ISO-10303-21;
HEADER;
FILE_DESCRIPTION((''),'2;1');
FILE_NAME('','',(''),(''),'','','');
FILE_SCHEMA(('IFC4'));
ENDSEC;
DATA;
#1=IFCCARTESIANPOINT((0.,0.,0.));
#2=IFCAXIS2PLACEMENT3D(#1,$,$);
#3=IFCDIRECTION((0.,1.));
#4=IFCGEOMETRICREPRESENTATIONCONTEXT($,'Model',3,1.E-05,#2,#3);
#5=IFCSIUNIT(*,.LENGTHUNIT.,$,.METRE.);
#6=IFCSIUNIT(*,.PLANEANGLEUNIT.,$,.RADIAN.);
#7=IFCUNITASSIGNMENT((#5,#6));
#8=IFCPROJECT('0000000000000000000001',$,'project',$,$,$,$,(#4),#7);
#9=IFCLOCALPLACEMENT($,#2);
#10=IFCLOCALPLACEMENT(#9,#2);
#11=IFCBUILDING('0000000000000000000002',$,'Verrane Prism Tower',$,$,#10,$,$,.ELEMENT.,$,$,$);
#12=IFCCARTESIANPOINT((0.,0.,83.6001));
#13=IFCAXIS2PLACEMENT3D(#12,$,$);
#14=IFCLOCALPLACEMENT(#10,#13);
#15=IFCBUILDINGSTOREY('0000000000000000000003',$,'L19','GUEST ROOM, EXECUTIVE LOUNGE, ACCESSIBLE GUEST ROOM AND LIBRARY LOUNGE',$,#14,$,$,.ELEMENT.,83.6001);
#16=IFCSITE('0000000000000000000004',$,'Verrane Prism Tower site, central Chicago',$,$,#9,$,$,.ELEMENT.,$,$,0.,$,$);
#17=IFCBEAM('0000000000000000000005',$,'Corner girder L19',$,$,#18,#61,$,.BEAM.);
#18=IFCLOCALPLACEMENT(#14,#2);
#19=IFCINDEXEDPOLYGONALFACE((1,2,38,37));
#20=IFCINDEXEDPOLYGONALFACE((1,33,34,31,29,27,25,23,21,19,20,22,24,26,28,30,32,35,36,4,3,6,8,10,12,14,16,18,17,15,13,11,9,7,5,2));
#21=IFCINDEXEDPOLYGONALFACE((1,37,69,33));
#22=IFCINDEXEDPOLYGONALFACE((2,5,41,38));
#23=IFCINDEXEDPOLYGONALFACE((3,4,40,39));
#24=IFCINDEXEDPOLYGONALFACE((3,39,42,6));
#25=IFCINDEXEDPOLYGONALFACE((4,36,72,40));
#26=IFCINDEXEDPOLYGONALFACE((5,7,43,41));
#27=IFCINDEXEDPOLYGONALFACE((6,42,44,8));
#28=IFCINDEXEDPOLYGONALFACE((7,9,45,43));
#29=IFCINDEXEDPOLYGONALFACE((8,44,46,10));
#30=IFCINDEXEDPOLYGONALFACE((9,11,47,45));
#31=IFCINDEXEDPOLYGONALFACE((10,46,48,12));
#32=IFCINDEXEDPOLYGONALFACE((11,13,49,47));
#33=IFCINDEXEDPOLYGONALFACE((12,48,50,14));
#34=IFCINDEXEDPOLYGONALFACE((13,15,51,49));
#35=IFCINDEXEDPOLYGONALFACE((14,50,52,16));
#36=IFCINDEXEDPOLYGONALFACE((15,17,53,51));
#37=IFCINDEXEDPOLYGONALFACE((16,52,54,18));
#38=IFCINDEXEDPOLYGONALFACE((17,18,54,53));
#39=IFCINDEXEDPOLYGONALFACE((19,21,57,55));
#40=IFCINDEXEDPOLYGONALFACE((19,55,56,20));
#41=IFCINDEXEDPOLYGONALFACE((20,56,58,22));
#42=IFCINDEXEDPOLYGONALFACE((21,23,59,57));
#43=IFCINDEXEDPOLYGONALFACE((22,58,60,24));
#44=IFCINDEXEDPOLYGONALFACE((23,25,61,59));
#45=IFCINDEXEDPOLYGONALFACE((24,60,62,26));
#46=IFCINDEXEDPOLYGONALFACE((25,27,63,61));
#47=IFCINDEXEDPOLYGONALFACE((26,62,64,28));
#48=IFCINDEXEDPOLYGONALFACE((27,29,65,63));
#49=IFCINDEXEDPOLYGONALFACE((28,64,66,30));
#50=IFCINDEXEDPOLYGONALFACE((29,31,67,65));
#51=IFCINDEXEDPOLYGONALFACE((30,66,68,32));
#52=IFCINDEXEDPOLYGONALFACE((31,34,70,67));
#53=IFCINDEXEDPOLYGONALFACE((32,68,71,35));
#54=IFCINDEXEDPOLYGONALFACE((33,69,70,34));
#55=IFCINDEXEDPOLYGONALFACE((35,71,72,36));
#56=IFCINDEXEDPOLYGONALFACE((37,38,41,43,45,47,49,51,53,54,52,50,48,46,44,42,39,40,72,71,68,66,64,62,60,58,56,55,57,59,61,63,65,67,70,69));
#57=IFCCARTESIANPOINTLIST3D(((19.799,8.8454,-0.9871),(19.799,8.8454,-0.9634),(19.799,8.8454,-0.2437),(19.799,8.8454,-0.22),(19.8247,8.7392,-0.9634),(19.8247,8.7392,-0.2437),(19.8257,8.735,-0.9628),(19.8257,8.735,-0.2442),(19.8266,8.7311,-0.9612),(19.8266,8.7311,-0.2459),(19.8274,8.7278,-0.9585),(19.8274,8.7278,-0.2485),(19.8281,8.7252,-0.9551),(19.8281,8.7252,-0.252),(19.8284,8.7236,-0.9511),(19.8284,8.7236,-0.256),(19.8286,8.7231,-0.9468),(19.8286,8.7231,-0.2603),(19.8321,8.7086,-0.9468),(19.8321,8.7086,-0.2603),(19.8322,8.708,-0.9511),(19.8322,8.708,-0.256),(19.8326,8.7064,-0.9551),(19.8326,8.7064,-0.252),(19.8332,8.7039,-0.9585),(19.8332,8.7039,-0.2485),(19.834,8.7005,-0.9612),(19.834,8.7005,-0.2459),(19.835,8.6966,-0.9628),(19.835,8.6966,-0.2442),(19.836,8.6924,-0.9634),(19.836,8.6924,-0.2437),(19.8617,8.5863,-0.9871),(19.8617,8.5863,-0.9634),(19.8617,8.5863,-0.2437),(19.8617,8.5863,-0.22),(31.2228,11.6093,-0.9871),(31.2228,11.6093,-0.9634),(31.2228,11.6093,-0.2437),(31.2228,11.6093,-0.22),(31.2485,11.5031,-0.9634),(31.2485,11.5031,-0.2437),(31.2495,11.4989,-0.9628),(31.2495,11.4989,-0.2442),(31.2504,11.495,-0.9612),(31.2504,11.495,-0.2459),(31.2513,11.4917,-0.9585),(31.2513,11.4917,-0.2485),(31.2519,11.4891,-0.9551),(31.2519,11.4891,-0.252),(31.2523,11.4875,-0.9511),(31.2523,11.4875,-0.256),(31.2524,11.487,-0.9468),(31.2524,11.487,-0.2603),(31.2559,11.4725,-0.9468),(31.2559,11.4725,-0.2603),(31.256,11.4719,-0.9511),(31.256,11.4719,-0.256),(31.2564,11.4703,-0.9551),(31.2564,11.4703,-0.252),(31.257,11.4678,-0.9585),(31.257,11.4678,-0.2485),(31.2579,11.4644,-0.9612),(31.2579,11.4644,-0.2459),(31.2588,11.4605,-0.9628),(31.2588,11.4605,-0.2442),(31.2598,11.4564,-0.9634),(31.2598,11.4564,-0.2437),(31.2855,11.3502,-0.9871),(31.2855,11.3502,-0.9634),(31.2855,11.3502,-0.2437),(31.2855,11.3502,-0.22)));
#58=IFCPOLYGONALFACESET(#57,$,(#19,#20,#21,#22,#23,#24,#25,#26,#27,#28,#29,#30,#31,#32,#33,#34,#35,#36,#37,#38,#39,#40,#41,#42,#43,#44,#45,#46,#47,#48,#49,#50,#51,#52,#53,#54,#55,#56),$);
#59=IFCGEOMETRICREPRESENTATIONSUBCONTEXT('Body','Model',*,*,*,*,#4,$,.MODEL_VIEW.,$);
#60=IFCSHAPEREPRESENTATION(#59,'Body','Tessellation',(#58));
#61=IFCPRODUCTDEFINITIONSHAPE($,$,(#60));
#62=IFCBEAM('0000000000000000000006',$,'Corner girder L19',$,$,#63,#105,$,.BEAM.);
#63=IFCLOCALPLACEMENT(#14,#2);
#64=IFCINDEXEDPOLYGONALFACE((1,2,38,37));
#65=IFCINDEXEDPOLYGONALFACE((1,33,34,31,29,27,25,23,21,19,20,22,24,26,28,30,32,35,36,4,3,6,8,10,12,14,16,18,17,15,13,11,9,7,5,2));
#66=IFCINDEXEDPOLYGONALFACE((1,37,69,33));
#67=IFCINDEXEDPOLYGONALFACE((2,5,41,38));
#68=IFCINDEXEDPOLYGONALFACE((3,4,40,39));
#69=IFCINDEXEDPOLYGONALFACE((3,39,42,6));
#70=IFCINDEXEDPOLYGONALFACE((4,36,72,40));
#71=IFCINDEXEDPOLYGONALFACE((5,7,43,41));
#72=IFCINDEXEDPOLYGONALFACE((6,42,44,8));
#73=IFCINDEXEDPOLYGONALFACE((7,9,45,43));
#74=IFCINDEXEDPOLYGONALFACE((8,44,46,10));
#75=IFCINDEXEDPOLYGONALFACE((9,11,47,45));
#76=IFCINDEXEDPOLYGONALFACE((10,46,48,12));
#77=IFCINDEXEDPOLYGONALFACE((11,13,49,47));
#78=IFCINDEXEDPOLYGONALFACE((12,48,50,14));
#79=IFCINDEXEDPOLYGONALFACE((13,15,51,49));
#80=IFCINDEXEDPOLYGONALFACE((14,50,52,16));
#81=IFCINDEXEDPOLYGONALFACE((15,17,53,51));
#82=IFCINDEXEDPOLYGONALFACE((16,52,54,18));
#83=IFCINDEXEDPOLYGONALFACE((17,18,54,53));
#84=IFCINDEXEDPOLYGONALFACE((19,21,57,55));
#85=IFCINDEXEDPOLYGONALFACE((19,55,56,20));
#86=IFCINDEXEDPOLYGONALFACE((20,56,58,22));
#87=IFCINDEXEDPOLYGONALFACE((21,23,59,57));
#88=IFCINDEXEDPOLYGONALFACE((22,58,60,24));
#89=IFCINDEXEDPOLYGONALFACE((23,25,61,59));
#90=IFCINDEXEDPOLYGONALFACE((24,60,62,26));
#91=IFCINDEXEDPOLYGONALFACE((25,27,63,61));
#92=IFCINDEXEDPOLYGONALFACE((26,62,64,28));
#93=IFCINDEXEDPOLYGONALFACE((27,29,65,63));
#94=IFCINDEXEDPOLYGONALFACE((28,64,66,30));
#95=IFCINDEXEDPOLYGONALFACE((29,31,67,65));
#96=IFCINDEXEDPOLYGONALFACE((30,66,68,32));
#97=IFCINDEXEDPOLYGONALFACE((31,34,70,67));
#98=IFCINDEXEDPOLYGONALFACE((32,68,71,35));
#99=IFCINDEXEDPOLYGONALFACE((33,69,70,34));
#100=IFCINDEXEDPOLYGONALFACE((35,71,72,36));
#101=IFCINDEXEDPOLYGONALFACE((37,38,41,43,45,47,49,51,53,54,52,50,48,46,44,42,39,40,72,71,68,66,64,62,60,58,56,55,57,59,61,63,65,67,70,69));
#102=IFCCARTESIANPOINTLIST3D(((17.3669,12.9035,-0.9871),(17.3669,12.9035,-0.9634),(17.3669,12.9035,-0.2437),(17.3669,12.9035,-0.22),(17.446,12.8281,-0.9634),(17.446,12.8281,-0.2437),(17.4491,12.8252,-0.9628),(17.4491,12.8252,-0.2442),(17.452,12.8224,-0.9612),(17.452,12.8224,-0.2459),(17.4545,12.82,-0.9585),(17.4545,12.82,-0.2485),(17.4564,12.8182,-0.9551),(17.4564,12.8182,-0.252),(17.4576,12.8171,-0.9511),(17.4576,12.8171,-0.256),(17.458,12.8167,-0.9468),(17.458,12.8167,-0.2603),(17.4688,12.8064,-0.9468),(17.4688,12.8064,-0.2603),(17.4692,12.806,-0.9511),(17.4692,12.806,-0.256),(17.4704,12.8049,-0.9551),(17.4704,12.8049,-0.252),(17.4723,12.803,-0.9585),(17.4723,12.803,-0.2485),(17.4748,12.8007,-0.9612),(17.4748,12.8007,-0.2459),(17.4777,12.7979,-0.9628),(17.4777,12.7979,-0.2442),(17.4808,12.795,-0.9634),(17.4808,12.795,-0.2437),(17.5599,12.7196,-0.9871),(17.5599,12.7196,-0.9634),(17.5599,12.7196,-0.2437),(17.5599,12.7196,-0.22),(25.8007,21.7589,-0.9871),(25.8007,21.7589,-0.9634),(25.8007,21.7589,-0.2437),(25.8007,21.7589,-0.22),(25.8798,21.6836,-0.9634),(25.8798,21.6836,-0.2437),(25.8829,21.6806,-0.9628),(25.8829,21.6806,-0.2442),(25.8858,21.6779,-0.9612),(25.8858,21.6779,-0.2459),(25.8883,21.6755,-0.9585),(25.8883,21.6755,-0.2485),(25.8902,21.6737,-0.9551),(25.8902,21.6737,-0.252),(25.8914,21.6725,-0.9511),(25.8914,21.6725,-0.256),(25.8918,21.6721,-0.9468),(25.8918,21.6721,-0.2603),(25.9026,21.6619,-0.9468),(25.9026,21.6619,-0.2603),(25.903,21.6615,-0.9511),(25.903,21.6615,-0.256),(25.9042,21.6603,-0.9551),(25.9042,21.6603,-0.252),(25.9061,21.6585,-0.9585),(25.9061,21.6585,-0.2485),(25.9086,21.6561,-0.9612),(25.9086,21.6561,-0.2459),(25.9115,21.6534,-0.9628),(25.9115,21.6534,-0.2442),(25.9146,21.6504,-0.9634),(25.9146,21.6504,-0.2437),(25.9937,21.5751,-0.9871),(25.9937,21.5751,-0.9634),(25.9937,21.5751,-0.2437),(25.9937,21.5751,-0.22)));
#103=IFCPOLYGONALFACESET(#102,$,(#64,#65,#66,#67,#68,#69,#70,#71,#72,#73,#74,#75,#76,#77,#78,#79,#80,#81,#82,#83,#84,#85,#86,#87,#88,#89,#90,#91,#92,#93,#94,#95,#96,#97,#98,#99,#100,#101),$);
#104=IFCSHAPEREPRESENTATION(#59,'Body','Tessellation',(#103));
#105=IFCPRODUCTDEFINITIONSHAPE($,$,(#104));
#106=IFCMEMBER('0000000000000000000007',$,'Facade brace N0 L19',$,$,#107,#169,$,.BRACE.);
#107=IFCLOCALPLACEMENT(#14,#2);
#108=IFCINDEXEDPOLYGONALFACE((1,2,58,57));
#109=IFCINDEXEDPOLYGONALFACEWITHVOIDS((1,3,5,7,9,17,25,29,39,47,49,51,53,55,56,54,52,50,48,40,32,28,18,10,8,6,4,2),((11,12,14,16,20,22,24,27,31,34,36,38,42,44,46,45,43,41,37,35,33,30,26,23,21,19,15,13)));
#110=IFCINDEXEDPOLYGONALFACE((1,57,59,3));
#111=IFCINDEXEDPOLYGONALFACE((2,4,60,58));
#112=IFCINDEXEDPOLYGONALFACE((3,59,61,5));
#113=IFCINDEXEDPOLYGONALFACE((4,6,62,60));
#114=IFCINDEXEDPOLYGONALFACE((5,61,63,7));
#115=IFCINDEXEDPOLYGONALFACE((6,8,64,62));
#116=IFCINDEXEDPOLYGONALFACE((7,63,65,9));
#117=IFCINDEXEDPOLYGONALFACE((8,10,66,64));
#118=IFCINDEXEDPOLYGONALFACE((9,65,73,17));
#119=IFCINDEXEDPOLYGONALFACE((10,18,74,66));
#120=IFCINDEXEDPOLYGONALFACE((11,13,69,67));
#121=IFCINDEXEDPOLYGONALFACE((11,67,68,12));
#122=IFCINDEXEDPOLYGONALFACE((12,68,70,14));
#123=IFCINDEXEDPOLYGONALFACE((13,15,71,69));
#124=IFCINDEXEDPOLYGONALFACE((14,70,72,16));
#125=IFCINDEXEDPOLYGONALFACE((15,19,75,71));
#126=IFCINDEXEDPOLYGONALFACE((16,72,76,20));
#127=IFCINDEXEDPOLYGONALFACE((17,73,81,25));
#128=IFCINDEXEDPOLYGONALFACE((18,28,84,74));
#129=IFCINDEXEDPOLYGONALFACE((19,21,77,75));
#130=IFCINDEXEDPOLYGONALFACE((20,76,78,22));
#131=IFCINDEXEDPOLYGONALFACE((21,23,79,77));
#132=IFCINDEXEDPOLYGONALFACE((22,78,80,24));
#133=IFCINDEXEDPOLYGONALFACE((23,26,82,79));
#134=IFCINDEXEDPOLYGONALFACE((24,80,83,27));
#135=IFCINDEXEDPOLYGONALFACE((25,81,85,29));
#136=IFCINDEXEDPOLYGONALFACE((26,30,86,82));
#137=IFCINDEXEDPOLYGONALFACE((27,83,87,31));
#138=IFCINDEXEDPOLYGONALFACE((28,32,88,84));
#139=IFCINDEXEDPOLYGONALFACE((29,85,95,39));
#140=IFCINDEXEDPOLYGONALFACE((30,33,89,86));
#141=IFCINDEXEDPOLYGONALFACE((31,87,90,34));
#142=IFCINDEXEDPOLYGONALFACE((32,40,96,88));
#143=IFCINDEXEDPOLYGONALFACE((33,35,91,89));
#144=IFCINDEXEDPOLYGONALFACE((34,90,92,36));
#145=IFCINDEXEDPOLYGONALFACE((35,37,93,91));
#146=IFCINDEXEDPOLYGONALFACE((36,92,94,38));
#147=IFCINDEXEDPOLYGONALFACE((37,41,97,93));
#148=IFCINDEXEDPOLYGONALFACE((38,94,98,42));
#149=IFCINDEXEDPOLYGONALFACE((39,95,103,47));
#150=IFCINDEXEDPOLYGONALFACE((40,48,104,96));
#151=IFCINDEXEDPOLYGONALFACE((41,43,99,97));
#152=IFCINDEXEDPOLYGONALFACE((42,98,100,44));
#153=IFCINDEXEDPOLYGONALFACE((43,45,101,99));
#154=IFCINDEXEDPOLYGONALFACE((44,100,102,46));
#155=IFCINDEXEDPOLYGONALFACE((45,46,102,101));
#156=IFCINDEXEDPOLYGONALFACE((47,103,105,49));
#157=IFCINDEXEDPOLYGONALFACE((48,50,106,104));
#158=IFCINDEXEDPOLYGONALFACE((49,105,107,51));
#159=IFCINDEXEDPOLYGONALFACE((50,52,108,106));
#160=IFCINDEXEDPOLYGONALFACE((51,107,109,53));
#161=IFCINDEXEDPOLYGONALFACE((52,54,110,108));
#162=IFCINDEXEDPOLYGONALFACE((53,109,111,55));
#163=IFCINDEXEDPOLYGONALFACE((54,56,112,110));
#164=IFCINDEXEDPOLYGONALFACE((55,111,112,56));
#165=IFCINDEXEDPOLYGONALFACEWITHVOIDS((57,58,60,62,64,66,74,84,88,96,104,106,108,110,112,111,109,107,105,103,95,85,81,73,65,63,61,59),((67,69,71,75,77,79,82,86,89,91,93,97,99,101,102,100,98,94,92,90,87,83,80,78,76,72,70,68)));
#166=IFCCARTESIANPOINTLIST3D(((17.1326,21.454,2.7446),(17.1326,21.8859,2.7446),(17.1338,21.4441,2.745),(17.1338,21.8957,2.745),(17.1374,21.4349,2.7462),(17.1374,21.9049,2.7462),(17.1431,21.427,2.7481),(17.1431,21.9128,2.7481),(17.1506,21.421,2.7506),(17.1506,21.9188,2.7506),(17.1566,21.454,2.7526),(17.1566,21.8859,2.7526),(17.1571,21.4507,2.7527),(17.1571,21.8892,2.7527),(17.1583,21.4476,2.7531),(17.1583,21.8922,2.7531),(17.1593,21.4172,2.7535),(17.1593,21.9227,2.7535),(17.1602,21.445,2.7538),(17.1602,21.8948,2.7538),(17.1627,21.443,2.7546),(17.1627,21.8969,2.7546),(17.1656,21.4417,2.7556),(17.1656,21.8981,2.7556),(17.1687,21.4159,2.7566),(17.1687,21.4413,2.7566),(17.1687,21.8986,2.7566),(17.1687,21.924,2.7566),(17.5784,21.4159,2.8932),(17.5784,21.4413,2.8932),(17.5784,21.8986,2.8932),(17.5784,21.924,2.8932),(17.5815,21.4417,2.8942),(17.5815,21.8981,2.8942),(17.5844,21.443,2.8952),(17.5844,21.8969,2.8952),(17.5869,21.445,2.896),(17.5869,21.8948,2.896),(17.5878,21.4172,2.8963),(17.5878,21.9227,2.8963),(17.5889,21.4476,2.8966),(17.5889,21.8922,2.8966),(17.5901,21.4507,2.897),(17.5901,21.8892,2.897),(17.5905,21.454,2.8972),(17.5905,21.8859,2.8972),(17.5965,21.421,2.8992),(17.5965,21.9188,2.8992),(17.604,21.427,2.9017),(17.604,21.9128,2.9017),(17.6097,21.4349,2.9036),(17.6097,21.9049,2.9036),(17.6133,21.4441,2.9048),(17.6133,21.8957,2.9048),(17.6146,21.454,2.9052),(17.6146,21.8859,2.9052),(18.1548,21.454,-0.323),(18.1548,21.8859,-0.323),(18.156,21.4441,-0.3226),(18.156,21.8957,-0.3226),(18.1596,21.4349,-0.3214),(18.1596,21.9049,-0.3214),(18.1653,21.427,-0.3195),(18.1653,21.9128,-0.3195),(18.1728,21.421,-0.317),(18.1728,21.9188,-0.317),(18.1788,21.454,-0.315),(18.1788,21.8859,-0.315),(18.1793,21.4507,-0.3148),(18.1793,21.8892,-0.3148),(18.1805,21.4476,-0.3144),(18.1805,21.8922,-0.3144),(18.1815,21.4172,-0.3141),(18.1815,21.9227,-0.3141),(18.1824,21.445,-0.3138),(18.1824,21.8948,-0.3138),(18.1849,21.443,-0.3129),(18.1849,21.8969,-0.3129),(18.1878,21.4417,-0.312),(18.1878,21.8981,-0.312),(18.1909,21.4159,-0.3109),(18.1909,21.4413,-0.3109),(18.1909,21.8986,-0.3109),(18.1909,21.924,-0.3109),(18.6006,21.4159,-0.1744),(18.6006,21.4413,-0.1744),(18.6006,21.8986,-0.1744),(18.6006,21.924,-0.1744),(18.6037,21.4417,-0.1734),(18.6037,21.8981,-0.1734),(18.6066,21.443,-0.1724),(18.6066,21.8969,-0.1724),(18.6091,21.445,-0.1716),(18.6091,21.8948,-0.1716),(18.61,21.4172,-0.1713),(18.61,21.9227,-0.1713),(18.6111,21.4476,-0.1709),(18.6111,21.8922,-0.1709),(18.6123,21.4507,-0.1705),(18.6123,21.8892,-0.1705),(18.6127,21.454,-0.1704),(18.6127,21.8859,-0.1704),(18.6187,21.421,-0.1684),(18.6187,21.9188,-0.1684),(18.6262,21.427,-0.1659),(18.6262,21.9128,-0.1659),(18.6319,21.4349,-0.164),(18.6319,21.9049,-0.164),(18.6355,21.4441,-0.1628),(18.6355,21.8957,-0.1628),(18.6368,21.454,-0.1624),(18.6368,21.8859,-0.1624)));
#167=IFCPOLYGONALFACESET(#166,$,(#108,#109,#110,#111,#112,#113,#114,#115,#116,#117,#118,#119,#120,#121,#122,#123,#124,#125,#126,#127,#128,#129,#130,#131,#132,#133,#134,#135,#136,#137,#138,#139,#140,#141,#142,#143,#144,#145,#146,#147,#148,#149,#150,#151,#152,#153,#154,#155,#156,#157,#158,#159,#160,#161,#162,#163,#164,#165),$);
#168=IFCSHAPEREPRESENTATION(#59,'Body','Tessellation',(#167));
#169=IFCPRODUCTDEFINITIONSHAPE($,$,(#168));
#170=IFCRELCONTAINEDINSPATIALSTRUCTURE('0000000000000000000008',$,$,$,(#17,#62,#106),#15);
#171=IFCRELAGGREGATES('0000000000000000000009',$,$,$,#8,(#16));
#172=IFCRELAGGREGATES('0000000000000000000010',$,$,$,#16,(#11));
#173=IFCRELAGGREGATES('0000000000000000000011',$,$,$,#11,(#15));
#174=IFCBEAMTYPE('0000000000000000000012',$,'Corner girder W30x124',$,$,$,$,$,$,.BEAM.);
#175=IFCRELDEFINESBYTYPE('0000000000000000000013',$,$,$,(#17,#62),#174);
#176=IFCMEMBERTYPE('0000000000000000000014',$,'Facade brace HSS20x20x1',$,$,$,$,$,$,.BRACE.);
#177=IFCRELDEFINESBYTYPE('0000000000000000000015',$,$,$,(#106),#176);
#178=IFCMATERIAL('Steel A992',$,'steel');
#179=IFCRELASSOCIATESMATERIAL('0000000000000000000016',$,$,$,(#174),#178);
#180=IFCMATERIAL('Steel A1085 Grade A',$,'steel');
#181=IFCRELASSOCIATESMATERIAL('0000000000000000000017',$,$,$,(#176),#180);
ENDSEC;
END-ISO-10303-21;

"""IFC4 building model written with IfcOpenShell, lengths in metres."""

from ifc_helpers import new_model, si_unit, direction, frame, origin, origin_2d, place, context, subcontext, project, spatial, hollow_rectangle, i_section, extrude, material, material_profile, profile_set, type_object, element, save


model = new_model("IFC4")

# Units and contexts
model_context = context("Model", 3, precision=1e-05, world=origin(), true_north=direction((0.0, 1.0)))
body_context = subcontext(model_context, "Body", "Model", "MODEL_VIEW")
ifc_project = project(units=[si_unit("LENGTHUNIT", "METRE"), si_unit("PLANEANGLEUNIT", "RADIAN")], contexts=[model_context])

# Site, building, storey
site_placement = place(None, origin())
site = spatial("IfcSite", under=ifc_project, at=site_placement, Name="Verrane Prism Tower site, central Chicago", CompositionType="ELEMENT", RefElevation=0.0)
building_placement = place(site_placement, origin())
building = spatial("IfcBuilding", under=site, at=building_placement, Name="Verrane Prism Tower", CompositionType="ELEMENT")
storey_placement = place(building_placement, frame((0.0, 0.0, 83.6001)))
storey = spatial("IfcBuildingStorey", under=building, at=storey_placement, Name="L19", Description="GUEST ROOM, EXECUTIVE LOUNGE, ACCESSIBLE GUEST ROOM AND LIBRARY LOUNGE", CompositionType="ELEMENT", Elevation=83.6001)

# Beams
ifc_material_1 = material(Name="Steel A992", Category="steel")
ifc_material_profile_1 = material_profile(ifc_material_1, i_section(OverallWidth=0.2666, OverallDepth=0.7671, WebThickness=0.0149, FlangeThickness=0.0237, FilletRadius=0.0166, at=origin_2d()), Name="W30x124")
ifc_profile_set_1 = profile_set([ifc_material_profile_1], Name="Steel A992")
beam_type_1 = type_object("IfcBeamType", Name="Corner girder W30x124", PredefinedType="BEAM", material=ifc_profile_set_1)
beam_1_placement = place(storey_placement, frame((31.2542, 11.4797, -0.6035), z_axis=(-0.971957, -0.235158, 0.0), x_axis=(0.235158, -0.971957, 0.0)))
element("IfcBeam", 1, at=beam_1_placement, inside=storey, type_object=beam_type_1, Name="Corner girder L19", PredefinedType="BEAM", context=body_context, shape_type="SweptSolid", body=[
    extrude(i_section(OverallWidth=0.2666, OverallDepth=0.7671, WebThickness=0.0149, FlangeThickness=0.0237, FilletRadius=0.0166, at=origin_2d()), origin(), (0.0, 0.0, 1.0), 11.7534),
])
beam_2_placement = place(storey_placement, frame((25.8972, 21.667, -0.6035), z_axis=(-0.689658, -0.724136, 0.0), x_axis=(0.724136, -0.689658, 0.0)))
element("IfcBeam", 2, at=beam_2_placement, inside=storey, type_object=beam_type_1, Name="Corner girder L19", PredefinedType="BEAM", context=body_context, shape_type="SweptSolid", body=[
    extrude(i_section(OverallWidth=0.2666, OverallDepth=0.7671, WebThickness=0.0149, FlangeThickness=0.0237, FilletRadius=0.0166, at=origin_2d()), origin(), (0.0, 0.0, 1.0), 12.229),
])

# Member
ifc_material_2 = material(Name="Steel A1085 Grade A", Category="steel")
ifc_material_profile_2 = material_profile(ifc_material_2, hollow_rectangle(XDim=0.5081, YDim=0.5081, WallThickness=0.0254, InnerFilletRadius=0.0127, OuterFilletRadius=0.0381, at=origin_2d()), Name="HSS20x20x1")
ifc_profile_set_2 = profile_set([ifc_material_profile_2], Name="Steel A1085 Grade A")
member_type_1 = type_object("IfcMemberType", Name="Facade brace HSS20x20x1", PredefinedType="BRACE", material=ifc_profile_set_2)
member_1_placement = place(storey_placement, frame((18.3958, 21.6699, -0.2427), z_axis=(-0.316137, 0.0, 0.948713), x_axis=(0.0, -1.0, 0.0)))
element("IfcMember", 3, at=member_1_placement, inside=storey, type_object=member_type_1, Name="Facade brace N0 L19", PredefinedType="BRACE", context=body_context, shape_type="SweptSolid", body=[
    extrude(hollow_rectangle(XDim=0.5081, YDim=0.5081, WallThickness=0.0254, InnerFilletRadius=0.0127, OuterFilletRadius=0.0381, at=origin_2d()), origin(), (0.0, 0.0, 1.0), 3.2334),
])

save(model, "model.ifc")
